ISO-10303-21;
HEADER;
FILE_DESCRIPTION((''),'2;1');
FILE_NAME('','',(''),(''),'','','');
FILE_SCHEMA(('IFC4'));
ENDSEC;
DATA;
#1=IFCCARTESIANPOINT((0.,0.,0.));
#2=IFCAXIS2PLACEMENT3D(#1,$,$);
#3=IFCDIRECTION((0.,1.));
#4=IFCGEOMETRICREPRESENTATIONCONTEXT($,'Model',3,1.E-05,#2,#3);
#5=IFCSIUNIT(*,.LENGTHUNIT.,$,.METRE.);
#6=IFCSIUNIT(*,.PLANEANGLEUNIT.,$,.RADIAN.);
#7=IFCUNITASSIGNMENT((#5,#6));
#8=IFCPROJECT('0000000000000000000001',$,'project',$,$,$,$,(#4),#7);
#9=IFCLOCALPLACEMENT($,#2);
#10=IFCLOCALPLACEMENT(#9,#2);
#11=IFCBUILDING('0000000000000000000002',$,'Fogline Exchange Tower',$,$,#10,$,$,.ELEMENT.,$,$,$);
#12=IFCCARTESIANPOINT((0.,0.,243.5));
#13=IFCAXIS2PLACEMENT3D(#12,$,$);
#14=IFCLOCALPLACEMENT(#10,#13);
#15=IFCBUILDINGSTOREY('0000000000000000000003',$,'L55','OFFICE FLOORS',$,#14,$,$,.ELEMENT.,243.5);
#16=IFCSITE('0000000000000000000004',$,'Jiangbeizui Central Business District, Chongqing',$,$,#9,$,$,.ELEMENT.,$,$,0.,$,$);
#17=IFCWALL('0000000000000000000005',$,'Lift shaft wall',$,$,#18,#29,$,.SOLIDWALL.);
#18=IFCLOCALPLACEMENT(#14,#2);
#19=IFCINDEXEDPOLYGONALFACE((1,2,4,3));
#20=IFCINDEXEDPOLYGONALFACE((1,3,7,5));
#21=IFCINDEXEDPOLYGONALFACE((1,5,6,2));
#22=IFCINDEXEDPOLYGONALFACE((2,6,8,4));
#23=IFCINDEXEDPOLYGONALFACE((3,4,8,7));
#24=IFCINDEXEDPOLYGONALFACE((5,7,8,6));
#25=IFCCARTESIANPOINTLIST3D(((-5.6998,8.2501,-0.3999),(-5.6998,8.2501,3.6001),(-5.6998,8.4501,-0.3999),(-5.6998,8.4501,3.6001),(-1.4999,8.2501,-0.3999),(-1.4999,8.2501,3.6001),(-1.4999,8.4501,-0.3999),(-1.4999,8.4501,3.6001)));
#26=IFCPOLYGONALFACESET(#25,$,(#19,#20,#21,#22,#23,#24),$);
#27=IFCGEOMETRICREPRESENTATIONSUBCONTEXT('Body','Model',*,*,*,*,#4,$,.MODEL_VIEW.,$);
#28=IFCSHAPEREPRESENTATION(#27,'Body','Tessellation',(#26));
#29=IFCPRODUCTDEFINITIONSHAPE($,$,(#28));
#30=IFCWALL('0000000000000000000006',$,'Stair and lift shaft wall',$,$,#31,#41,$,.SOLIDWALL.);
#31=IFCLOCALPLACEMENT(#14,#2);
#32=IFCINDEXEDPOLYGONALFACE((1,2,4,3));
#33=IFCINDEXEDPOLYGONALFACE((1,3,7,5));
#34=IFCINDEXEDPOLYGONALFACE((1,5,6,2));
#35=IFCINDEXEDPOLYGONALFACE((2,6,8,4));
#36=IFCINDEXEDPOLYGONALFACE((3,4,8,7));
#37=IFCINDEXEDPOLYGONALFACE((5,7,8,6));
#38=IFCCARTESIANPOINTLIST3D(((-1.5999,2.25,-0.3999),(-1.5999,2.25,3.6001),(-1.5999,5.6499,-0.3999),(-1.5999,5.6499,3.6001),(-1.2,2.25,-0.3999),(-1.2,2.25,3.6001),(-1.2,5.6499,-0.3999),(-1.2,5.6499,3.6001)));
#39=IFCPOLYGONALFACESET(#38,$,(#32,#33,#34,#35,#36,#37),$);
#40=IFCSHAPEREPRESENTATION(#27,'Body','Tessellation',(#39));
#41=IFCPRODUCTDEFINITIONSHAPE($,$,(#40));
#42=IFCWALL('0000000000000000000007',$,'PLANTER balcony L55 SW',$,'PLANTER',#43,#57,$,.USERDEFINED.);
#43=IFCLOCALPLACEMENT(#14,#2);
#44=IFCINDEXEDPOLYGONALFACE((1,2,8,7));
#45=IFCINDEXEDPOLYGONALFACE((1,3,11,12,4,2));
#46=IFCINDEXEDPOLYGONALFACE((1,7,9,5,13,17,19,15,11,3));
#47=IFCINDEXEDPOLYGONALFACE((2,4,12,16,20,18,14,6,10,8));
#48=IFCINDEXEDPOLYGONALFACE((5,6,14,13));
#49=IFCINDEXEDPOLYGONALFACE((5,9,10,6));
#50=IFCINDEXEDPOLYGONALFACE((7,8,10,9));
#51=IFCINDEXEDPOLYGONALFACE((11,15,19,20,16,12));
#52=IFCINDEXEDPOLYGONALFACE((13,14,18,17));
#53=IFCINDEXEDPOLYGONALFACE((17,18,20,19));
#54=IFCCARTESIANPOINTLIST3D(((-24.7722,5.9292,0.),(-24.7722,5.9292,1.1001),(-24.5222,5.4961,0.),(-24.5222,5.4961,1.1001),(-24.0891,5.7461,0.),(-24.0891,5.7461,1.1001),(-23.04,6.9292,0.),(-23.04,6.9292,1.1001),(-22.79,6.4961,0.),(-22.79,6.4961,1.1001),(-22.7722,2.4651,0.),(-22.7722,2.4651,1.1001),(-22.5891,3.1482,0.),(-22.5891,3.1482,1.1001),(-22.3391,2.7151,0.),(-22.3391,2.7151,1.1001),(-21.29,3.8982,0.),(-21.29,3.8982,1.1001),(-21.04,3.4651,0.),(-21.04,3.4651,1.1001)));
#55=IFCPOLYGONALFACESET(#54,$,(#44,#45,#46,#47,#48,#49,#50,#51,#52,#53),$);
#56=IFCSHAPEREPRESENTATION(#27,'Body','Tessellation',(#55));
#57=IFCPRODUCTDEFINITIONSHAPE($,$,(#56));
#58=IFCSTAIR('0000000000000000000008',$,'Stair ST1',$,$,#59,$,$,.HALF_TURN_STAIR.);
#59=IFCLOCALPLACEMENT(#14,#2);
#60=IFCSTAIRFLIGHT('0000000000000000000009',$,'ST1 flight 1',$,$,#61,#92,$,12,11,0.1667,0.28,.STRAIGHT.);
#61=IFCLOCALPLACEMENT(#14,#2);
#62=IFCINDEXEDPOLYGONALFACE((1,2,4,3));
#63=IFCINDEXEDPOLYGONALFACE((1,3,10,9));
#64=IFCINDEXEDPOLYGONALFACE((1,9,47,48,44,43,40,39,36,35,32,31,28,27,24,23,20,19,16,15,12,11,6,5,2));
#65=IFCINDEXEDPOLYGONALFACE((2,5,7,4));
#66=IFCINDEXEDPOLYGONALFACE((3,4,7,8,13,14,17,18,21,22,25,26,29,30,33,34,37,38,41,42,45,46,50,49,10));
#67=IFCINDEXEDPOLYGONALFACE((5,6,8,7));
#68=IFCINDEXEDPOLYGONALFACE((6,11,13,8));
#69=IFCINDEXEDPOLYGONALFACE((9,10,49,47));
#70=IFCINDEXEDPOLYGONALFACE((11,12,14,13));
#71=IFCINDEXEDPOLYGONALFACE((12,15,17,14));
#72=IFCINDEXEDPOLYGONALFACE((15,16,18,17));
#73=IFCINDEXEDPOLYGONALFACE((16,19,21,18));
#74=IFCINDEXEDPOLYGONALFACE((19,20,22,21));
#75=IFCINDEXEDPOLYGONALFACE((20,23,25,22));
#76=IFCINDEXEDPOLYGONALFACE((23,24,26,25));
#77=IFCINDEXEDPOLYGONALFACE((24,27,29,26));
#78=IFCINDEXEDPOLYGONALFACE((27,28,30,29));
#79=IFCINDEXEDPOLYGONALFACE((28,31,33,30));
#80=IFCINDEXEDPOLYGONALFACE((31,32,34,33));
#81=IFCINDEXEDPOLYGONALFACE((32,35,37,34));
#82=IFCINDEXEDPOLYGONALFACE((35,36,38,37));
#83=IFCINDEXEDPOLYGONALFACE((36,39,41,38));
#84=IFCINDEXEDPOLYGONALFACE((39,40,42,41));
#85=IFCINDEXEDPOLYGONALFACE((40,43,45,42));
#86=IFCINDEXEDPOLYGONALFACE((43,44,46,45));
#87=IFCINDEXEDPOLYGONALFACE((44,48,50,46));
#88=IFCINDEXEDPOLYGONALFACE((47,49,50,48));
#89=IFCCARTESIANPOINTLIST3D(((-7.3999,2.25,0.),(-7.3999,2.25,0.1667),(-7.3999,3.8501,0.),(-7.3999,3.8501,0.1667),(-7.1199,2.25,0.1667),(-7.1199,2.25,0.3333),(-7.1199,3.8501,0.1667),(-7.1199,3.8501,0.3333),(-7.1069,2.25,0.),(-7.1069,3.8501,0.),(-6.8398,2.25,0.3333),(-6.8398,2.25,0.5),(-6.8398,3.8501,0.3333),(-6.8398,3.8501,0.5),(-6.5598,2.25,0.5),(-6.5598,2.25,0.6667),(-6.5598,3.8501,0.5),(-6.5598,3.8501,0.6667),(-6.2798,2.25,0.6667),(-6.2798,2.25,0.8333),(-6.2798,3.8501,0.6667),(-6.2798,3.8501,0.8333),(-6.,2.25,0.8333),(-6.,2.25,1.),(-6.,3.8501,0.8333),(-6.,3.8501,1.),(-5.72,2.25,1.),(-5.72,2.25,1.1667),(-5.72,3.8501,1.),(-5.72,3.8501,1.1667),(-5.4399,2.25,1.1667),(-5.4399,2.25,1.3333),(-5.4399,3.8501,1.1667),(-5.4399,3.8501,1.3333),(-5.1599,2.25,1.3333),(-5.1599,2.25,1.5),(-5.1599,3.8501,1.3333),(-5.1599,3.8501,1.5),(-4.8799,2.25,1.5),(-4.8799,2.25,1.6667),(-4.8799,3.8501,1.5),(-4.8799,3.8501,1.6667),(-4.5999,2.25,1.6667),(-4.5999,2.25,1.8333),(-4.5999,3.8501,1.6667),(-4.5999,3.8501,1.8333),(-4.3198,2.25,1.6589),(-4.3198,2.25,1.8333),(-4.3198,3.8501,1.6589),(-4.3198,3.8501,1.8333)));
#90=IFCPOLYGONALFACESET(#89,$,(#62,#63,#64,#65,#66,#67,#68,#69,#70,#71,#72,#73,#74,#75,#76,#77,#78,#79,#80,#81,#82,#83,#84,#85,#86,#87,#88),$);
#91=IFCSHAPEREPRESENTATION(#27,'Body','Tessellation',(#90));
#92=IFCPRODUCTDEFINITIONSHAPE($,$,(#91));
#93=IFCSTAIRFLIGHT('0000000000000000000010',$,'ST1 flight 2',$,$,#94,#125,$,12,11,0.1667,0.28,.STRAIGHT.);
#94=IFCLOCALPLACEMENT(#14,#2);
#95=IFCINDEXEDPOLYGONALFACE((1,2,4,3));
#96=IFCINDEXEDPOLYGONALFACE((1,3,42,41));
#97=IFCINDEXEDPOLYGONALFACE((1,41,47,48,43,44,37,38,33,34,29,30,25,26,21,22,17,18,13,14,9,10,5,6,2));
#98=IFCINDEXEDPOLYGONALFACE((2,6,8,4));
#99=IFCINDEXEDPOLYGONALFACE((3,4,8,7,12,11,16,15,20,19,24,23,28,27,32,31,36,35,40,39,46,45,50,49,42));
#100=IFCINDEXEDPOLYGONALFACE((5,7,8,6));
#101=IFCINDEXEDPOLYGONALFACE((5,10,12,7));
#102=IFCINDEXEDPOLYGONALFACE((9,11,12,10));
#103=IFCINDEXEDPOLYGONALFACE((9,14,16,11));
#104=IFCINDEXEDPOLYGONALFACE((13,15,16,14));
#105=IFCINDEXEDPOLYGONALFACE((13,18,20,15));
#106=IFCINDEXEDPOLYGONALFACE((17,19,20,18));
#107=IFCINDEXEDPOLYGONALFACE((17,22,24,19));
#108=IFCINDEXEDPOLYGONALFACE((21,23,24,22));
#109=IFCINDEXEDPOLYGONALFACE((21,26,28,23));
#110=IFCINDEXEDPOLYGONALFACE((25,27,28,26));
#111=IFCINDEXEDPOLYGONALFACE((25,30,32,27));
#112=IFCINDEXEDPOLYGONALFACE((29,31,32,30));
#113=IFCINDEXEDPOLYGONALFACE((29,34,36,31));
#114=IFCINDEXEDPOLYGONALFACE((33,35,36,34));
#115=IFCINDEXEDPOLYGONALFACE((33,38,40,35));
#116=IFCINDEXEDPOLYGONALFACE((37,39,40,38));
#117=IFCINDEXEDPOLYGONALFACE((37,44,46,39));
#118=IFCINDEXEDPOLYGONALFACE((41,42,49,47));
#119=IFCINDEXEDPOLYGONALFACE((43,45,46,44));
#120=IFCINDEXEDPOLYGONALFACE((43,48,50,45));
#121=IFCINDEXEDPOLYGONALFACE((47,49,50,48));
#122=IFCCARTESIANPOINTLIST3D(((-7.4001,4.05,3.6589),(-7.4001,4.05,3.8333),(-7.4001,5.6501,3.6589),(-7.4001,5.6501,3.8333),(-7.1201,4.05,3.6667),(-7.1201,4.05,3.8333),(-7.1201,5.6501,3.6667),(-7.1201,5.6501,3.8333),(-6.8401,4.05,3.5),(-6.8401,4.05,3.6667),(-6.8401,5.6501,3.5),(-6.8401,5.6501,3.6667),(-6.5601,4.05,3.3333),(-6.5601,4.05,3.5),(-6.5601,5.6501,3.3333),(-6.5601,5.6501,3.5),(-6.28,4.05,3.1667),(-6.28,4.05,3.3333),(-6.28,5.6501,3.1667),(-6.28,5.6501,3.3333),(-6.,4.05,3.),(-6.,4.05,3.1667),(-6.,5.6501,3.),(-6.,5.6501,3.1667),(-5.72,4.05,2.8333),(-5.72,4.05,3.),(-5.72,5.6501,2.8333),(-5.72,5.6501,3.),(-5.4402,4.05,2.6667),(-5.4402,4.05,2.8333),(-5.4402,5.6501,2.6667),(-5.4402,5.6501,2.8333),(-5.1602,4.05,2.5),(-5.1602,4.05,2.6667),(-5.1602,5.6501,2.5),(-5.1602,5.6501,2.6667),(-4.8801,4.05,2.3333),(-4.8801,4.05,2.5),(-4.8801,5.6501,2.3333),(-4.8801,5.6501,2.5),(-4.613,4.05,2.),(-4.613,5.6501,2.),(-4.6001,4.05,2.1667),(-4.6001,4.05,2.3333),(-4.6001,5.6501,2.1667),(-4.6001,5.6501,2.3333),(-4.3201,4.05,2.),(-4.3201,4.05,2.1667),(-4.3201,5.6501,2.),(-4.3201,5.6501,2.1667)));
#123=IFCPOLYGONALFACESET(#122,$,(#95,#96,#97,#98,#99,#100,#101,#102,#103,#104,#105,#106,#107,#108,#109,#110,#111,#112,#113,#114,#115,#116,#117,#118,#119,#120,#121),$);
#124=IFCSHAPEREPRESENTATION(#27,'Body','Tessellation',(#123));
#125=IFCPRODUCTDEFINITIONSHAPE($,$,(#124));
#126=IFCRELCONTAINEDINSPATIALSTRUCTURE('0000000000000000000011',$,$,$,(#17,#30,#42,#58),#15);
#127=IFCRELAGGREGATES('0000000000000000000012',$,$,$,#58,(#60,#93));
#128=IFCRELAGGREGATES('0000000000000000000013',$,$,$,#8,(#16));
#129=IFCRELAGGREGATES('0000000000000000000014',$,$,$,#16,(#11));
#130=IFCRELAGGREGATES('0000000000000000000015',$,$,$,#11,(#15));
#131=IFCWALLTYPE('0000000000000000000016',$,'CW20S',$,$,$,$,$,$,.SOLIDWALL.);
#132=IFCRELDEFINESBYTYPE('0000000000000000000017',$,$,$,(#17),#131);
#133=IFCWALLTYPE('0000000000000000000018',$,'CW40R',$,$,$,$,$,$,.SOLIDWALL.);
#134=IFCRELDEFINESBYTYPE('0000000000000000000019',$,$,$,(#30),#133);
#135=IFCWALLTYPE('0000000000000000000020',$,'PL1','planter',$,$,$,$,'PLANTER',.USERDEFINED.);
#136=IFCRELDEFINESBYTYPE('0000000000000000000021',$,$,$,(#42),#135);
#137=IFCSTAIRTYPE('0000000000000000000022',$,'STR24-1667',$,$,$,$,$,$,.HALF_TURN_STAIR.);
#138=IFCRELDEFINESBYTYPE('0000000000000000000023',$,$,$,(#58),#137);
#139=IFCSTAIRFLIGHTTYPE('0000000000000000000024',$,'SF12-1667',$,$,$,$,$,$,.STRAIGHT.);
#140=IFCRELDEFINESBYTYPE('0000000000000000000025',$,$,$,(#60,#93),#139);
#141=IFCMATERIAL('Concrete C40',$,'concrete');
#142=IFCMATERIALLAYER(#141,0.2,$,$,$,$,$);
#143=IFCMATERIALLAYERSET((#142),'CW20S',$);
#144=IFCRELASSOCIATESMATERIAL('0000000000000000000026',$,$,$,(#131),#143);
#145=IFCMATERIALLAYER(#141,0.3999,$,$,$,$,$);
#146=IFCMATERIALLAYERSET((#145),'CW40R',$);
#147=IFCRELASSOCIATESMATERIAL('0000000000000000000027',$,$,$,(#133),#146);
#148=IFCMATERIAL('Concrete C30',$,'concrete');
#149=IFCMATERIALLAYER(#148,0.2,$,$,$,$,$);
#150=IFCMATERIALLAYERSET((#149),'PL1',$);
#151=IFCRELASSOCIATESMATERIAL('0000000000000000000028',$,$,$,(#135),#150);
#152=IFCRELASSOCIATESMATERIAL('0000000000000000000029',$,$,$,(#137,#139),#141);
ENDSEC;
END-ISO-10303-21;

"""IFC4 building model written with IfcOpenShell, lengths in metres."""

from ifc_helpers import new_model, si_unit, direction, frame, frame_2d, origin, place, context, subcontext, project, spatial, polyline, rectangle, outline, extrude, material, layer, layer_set, type_object, element, aggregate, save


model = new_model("IFC4")

# Units and contexts
model_context = context("Model", 3, precision=1e-05, world=origin(), true_north=direction((0.0, 1.0)))
body_context = subcontext(model_context, "Body", "Model", "MODEL_VIEW")
ifc_project = project(units=[si_unit("LENGTHUNIT", "METRE"), si_unit("PLANEANGLEUNIT", "RADIAN")], contexts=[model_context])

# Site, building, storey
site_placement = place(None, origin())
site = spatial("IfcSite", under=ifc_project, at=site_placement, Name="Jiangbeizui Central Business District, Chongqing", CompositionType="ELEMENT", RefElevation=0.0)
building_placement = place(site_placement, origin())
building = spatial("IfcBuilding", under=site, at=building_placement, Name="Fogline Exchange Tower", CompositionType="ELEMENT")
storey_placement = place(building_placement, frame((0.0, 0.0, 243.5)))
storey = spatial("IfcBuildingStorey", under=building, at=storey_placement, Name="L55", Description="OFFICE FLOORS", CompositionType="ELEMENT", Elevation=243.5)

# Shared definitions
ifc_material_1 = material(Name="Concrete C40", Category="concrete")

# Shared definitions
ifc_layer_1 = layer(ifc_material_1, 0.2)
ifc_layer_set_1 = layer_set([ifc_layer_1], Name="CW20S")
wall_type_1 = type_object("IfcWallType", Name="CW20S", PredefinedType="SOLIDWALL", material=ifc_layer_set_1)

# Walls
wall_1_placement = place(storey_placement, frame((-5.7, 8.3501, -0.3999), z_axis=(0.0, 0.0, 1.0), x_axis=(1.0, 0.0, 0.0)))
element("IfcWall", 1, at=wall_1_placement, inside=storey, type_object=wall_type_1, Name="Lift shaft wall", PredefinedType="SOLIDWALL", context=body_context, shape_type="SweptSolid", body=[
    extrude(rectangle(XDim=4.2, YDim=0.2, at=frame_2d((2.1001, 0.0))), origin(), (0.0, 0.0, 1.0), 4.0),
])
ifc_layer_2 = layer(ifc_material_1, 0.3999)
ifc_layer_set_2 = layer_set([ifc_layer_2], Name="CW40R")
wall_type_2 = type_object("IfcWallType", Name="CW40R", PredefinedType="SOLIDWALL", material=ifc_layer_set_2)
wall_2_placement = place(storey_placement, frame((-1.3999, 2.25, -0.3999), z_axis=(0.0, 0.0, 1.0), x_axis=(0.0, 1.0, 0.0)))
element("IfcWall", 2, at=wall_2_placement, inside=storey, type_object=wall_type_2, Name="Stair and lift shaft wall", PredefinedType="SOLIDWALL", context=body_context, shape_type="SweptSolid", body=[
    extrude(rectangle(XDim=3.3999, YDim=0.3999, at=frame_2d((1.7, 0.0))), origin(), (0.0, 0.0, 1.0), 4.0),
])
ifc_material_2 = material(Name="Concrete C30", Category="concrete")
ifc_layer_3 = layer(ifc_material_2, 0.2)
ifc_layer_set_3 = layer_set([ifc_layer_3], Name="PL1")
wall_type_3 = type_object("IfcWallType", Name="PL1", Description="planter", ElementType="PLANTER", PredefinedType="USERDEFINED", material=ifc_layer_set_3)
wall_3_placement = place(storey_placement, origin())
element("IfcWall", 3, at=wall_3_placement, inside=storey, type_object=wall_type_3, Name="PLANTER balcony L55 SW", ObjectType="PLANTER", PredefinedType="USERDEFINED", context=body_context, shape_type="SweptSolid", body=[
    extrude(outline(polyline([(-21.29, 3.8982), (-22.5891, 3.1482), (-24.0891, 5.7461), (-22.79, 6.4961), (-23.04, 6.9292), (-24.7722, 5.9292), (-24.5222, 5.4961), (-22.7722, 2.4651), (-22.3391, 2.7151), (-22.3391, 2.7151), (-21.04, 3.4651), (-21.29, 3.8982)])), origin(), (0.0, 0.0, 1.0), 1.1001),
])

# Stair, stair flights
stair_type = type_object("IfcStairType", Name="STR24-1667", PredefinedType="HALF_TURN_STAIR", material=ifc_material_1)
stair_placement = place(storey_placement, origin())
stair = element("IfcStair", 4, at=stair_placement, inside=storey, type_object=stair_type, Name="Stair ST1", PredefinedType="HALF_TURN_STAIR")
stair_flight_type = type_object("IfcStairFlightType", Name="SF12-1667", PredefinedType="STRAIGHT", material=ifc_material_1)
stair_flight_1_placement = place(storey_placement, frame((-7.3999, 3.05, 0.0), z_axis=(0.0, 0.0, 1.0), x_axis=(1.0, 0.0, 0.0)))
stair_flight_1 = element("IfcStairFlight", 5, at=stair_flight_1_placement, type_object=stair_flight_type, Name="ST1 flight 1", NumberOfRisers=12, NumberOfTreads=11, PredefinedType="STRAIGHT", RiserHeight=0.1667, TreadLength=0.28, context=body_context, shape_type="SweptSolid", body=[
    extrude(outline(polyline([(0.0, 0.0), (0.0, 0.1667), (0.28, 0.1667), (0.28, 0.3333), (0.5601, 0.3333), (0.5601, 0.5), (0.8401, 0.5), (0.8401, 0.6667), (1.1201, 0.6667), (1.1201, 0.8333), (1.3999, 0.8333), (1.3999, 1.0), (1.6799, 1.0), (1.6799, 1.1667), (1.96, 1.1667), (1.96, 1.3333), (2.24, 1.3333), (2.24, 1.5), (2.52, 1.5), (2.52, 1.6667), (2.8, 1.6667), (2.8, 1.8333), (3.0801, 1.8333), (3.0801, 2.0), (3.0801, 1.6589), (0.293, 0.0), (0.0, 0.0)])), frame((0.0, 0.8, 0.0), z_axis=(0.0, -1.0, 0.0), x_axis=(1.0, 0.0, 0.0)), (0.0, 0.0, 1.0), 1.6001),
])
stair_flight_2_placement = place(storey_placement, frame((-4.3201, 4.8501, 2.0), z_axis=(0.0, 0.0, 1.0), x_axis=(-1.0, 0.0, 0.0)))
stair_flight_2 = element("IfcStairFlight", 6, at=stair_flight_2_placement, type_object=stair_flight_type, Name="ST1 flight 2", NumberOfRisers=12, NumberOfTreads=11, PredefinedType="STRAIGHT", RiserHeight=0.1667, TreadLength=0.28, context=body_context, shape_type="SweptSolid", body=[
    extrude(outline(polyline([(0.0, 0.0), (0.0, 0.1667), (0.28, 0.1667), (0.28, 0.3333), (0.5601, 0.3333), (0.5601, 0.5), (0.8401, 0.5), (0.8401, 0.6667), (1.1201, 0.6667), (1.1201, 0.8333), (1.3999, 0.8333), (1.3999, 1.0), (1.6799, 1.0), (1.6799, 1.1667), (1.96, 1.1667), (1.96, 1.3333), (2.24, 1.3333), (2.24, 1.5), (2.52, 1.5), (2.52, 1.6667), (2.8, 1.6667), (2.8, 1.8333), (3.0801, 1.8333), (3.0801, 2.0), (3.0801, 1.6589), (0.293, 0.0), (0.0, 0.0)])), frame((0.0, 0.8, 0.0), z_axis=(0.0, -1.0, 0.0), x_axis=(1.0, 0.0, 0.0)), (0.0, 0.0, 1.0), 1.6001),
])
aggregate(stair, [stair_flight_1, stair_flight_2])

save(model, "model.ifc")
